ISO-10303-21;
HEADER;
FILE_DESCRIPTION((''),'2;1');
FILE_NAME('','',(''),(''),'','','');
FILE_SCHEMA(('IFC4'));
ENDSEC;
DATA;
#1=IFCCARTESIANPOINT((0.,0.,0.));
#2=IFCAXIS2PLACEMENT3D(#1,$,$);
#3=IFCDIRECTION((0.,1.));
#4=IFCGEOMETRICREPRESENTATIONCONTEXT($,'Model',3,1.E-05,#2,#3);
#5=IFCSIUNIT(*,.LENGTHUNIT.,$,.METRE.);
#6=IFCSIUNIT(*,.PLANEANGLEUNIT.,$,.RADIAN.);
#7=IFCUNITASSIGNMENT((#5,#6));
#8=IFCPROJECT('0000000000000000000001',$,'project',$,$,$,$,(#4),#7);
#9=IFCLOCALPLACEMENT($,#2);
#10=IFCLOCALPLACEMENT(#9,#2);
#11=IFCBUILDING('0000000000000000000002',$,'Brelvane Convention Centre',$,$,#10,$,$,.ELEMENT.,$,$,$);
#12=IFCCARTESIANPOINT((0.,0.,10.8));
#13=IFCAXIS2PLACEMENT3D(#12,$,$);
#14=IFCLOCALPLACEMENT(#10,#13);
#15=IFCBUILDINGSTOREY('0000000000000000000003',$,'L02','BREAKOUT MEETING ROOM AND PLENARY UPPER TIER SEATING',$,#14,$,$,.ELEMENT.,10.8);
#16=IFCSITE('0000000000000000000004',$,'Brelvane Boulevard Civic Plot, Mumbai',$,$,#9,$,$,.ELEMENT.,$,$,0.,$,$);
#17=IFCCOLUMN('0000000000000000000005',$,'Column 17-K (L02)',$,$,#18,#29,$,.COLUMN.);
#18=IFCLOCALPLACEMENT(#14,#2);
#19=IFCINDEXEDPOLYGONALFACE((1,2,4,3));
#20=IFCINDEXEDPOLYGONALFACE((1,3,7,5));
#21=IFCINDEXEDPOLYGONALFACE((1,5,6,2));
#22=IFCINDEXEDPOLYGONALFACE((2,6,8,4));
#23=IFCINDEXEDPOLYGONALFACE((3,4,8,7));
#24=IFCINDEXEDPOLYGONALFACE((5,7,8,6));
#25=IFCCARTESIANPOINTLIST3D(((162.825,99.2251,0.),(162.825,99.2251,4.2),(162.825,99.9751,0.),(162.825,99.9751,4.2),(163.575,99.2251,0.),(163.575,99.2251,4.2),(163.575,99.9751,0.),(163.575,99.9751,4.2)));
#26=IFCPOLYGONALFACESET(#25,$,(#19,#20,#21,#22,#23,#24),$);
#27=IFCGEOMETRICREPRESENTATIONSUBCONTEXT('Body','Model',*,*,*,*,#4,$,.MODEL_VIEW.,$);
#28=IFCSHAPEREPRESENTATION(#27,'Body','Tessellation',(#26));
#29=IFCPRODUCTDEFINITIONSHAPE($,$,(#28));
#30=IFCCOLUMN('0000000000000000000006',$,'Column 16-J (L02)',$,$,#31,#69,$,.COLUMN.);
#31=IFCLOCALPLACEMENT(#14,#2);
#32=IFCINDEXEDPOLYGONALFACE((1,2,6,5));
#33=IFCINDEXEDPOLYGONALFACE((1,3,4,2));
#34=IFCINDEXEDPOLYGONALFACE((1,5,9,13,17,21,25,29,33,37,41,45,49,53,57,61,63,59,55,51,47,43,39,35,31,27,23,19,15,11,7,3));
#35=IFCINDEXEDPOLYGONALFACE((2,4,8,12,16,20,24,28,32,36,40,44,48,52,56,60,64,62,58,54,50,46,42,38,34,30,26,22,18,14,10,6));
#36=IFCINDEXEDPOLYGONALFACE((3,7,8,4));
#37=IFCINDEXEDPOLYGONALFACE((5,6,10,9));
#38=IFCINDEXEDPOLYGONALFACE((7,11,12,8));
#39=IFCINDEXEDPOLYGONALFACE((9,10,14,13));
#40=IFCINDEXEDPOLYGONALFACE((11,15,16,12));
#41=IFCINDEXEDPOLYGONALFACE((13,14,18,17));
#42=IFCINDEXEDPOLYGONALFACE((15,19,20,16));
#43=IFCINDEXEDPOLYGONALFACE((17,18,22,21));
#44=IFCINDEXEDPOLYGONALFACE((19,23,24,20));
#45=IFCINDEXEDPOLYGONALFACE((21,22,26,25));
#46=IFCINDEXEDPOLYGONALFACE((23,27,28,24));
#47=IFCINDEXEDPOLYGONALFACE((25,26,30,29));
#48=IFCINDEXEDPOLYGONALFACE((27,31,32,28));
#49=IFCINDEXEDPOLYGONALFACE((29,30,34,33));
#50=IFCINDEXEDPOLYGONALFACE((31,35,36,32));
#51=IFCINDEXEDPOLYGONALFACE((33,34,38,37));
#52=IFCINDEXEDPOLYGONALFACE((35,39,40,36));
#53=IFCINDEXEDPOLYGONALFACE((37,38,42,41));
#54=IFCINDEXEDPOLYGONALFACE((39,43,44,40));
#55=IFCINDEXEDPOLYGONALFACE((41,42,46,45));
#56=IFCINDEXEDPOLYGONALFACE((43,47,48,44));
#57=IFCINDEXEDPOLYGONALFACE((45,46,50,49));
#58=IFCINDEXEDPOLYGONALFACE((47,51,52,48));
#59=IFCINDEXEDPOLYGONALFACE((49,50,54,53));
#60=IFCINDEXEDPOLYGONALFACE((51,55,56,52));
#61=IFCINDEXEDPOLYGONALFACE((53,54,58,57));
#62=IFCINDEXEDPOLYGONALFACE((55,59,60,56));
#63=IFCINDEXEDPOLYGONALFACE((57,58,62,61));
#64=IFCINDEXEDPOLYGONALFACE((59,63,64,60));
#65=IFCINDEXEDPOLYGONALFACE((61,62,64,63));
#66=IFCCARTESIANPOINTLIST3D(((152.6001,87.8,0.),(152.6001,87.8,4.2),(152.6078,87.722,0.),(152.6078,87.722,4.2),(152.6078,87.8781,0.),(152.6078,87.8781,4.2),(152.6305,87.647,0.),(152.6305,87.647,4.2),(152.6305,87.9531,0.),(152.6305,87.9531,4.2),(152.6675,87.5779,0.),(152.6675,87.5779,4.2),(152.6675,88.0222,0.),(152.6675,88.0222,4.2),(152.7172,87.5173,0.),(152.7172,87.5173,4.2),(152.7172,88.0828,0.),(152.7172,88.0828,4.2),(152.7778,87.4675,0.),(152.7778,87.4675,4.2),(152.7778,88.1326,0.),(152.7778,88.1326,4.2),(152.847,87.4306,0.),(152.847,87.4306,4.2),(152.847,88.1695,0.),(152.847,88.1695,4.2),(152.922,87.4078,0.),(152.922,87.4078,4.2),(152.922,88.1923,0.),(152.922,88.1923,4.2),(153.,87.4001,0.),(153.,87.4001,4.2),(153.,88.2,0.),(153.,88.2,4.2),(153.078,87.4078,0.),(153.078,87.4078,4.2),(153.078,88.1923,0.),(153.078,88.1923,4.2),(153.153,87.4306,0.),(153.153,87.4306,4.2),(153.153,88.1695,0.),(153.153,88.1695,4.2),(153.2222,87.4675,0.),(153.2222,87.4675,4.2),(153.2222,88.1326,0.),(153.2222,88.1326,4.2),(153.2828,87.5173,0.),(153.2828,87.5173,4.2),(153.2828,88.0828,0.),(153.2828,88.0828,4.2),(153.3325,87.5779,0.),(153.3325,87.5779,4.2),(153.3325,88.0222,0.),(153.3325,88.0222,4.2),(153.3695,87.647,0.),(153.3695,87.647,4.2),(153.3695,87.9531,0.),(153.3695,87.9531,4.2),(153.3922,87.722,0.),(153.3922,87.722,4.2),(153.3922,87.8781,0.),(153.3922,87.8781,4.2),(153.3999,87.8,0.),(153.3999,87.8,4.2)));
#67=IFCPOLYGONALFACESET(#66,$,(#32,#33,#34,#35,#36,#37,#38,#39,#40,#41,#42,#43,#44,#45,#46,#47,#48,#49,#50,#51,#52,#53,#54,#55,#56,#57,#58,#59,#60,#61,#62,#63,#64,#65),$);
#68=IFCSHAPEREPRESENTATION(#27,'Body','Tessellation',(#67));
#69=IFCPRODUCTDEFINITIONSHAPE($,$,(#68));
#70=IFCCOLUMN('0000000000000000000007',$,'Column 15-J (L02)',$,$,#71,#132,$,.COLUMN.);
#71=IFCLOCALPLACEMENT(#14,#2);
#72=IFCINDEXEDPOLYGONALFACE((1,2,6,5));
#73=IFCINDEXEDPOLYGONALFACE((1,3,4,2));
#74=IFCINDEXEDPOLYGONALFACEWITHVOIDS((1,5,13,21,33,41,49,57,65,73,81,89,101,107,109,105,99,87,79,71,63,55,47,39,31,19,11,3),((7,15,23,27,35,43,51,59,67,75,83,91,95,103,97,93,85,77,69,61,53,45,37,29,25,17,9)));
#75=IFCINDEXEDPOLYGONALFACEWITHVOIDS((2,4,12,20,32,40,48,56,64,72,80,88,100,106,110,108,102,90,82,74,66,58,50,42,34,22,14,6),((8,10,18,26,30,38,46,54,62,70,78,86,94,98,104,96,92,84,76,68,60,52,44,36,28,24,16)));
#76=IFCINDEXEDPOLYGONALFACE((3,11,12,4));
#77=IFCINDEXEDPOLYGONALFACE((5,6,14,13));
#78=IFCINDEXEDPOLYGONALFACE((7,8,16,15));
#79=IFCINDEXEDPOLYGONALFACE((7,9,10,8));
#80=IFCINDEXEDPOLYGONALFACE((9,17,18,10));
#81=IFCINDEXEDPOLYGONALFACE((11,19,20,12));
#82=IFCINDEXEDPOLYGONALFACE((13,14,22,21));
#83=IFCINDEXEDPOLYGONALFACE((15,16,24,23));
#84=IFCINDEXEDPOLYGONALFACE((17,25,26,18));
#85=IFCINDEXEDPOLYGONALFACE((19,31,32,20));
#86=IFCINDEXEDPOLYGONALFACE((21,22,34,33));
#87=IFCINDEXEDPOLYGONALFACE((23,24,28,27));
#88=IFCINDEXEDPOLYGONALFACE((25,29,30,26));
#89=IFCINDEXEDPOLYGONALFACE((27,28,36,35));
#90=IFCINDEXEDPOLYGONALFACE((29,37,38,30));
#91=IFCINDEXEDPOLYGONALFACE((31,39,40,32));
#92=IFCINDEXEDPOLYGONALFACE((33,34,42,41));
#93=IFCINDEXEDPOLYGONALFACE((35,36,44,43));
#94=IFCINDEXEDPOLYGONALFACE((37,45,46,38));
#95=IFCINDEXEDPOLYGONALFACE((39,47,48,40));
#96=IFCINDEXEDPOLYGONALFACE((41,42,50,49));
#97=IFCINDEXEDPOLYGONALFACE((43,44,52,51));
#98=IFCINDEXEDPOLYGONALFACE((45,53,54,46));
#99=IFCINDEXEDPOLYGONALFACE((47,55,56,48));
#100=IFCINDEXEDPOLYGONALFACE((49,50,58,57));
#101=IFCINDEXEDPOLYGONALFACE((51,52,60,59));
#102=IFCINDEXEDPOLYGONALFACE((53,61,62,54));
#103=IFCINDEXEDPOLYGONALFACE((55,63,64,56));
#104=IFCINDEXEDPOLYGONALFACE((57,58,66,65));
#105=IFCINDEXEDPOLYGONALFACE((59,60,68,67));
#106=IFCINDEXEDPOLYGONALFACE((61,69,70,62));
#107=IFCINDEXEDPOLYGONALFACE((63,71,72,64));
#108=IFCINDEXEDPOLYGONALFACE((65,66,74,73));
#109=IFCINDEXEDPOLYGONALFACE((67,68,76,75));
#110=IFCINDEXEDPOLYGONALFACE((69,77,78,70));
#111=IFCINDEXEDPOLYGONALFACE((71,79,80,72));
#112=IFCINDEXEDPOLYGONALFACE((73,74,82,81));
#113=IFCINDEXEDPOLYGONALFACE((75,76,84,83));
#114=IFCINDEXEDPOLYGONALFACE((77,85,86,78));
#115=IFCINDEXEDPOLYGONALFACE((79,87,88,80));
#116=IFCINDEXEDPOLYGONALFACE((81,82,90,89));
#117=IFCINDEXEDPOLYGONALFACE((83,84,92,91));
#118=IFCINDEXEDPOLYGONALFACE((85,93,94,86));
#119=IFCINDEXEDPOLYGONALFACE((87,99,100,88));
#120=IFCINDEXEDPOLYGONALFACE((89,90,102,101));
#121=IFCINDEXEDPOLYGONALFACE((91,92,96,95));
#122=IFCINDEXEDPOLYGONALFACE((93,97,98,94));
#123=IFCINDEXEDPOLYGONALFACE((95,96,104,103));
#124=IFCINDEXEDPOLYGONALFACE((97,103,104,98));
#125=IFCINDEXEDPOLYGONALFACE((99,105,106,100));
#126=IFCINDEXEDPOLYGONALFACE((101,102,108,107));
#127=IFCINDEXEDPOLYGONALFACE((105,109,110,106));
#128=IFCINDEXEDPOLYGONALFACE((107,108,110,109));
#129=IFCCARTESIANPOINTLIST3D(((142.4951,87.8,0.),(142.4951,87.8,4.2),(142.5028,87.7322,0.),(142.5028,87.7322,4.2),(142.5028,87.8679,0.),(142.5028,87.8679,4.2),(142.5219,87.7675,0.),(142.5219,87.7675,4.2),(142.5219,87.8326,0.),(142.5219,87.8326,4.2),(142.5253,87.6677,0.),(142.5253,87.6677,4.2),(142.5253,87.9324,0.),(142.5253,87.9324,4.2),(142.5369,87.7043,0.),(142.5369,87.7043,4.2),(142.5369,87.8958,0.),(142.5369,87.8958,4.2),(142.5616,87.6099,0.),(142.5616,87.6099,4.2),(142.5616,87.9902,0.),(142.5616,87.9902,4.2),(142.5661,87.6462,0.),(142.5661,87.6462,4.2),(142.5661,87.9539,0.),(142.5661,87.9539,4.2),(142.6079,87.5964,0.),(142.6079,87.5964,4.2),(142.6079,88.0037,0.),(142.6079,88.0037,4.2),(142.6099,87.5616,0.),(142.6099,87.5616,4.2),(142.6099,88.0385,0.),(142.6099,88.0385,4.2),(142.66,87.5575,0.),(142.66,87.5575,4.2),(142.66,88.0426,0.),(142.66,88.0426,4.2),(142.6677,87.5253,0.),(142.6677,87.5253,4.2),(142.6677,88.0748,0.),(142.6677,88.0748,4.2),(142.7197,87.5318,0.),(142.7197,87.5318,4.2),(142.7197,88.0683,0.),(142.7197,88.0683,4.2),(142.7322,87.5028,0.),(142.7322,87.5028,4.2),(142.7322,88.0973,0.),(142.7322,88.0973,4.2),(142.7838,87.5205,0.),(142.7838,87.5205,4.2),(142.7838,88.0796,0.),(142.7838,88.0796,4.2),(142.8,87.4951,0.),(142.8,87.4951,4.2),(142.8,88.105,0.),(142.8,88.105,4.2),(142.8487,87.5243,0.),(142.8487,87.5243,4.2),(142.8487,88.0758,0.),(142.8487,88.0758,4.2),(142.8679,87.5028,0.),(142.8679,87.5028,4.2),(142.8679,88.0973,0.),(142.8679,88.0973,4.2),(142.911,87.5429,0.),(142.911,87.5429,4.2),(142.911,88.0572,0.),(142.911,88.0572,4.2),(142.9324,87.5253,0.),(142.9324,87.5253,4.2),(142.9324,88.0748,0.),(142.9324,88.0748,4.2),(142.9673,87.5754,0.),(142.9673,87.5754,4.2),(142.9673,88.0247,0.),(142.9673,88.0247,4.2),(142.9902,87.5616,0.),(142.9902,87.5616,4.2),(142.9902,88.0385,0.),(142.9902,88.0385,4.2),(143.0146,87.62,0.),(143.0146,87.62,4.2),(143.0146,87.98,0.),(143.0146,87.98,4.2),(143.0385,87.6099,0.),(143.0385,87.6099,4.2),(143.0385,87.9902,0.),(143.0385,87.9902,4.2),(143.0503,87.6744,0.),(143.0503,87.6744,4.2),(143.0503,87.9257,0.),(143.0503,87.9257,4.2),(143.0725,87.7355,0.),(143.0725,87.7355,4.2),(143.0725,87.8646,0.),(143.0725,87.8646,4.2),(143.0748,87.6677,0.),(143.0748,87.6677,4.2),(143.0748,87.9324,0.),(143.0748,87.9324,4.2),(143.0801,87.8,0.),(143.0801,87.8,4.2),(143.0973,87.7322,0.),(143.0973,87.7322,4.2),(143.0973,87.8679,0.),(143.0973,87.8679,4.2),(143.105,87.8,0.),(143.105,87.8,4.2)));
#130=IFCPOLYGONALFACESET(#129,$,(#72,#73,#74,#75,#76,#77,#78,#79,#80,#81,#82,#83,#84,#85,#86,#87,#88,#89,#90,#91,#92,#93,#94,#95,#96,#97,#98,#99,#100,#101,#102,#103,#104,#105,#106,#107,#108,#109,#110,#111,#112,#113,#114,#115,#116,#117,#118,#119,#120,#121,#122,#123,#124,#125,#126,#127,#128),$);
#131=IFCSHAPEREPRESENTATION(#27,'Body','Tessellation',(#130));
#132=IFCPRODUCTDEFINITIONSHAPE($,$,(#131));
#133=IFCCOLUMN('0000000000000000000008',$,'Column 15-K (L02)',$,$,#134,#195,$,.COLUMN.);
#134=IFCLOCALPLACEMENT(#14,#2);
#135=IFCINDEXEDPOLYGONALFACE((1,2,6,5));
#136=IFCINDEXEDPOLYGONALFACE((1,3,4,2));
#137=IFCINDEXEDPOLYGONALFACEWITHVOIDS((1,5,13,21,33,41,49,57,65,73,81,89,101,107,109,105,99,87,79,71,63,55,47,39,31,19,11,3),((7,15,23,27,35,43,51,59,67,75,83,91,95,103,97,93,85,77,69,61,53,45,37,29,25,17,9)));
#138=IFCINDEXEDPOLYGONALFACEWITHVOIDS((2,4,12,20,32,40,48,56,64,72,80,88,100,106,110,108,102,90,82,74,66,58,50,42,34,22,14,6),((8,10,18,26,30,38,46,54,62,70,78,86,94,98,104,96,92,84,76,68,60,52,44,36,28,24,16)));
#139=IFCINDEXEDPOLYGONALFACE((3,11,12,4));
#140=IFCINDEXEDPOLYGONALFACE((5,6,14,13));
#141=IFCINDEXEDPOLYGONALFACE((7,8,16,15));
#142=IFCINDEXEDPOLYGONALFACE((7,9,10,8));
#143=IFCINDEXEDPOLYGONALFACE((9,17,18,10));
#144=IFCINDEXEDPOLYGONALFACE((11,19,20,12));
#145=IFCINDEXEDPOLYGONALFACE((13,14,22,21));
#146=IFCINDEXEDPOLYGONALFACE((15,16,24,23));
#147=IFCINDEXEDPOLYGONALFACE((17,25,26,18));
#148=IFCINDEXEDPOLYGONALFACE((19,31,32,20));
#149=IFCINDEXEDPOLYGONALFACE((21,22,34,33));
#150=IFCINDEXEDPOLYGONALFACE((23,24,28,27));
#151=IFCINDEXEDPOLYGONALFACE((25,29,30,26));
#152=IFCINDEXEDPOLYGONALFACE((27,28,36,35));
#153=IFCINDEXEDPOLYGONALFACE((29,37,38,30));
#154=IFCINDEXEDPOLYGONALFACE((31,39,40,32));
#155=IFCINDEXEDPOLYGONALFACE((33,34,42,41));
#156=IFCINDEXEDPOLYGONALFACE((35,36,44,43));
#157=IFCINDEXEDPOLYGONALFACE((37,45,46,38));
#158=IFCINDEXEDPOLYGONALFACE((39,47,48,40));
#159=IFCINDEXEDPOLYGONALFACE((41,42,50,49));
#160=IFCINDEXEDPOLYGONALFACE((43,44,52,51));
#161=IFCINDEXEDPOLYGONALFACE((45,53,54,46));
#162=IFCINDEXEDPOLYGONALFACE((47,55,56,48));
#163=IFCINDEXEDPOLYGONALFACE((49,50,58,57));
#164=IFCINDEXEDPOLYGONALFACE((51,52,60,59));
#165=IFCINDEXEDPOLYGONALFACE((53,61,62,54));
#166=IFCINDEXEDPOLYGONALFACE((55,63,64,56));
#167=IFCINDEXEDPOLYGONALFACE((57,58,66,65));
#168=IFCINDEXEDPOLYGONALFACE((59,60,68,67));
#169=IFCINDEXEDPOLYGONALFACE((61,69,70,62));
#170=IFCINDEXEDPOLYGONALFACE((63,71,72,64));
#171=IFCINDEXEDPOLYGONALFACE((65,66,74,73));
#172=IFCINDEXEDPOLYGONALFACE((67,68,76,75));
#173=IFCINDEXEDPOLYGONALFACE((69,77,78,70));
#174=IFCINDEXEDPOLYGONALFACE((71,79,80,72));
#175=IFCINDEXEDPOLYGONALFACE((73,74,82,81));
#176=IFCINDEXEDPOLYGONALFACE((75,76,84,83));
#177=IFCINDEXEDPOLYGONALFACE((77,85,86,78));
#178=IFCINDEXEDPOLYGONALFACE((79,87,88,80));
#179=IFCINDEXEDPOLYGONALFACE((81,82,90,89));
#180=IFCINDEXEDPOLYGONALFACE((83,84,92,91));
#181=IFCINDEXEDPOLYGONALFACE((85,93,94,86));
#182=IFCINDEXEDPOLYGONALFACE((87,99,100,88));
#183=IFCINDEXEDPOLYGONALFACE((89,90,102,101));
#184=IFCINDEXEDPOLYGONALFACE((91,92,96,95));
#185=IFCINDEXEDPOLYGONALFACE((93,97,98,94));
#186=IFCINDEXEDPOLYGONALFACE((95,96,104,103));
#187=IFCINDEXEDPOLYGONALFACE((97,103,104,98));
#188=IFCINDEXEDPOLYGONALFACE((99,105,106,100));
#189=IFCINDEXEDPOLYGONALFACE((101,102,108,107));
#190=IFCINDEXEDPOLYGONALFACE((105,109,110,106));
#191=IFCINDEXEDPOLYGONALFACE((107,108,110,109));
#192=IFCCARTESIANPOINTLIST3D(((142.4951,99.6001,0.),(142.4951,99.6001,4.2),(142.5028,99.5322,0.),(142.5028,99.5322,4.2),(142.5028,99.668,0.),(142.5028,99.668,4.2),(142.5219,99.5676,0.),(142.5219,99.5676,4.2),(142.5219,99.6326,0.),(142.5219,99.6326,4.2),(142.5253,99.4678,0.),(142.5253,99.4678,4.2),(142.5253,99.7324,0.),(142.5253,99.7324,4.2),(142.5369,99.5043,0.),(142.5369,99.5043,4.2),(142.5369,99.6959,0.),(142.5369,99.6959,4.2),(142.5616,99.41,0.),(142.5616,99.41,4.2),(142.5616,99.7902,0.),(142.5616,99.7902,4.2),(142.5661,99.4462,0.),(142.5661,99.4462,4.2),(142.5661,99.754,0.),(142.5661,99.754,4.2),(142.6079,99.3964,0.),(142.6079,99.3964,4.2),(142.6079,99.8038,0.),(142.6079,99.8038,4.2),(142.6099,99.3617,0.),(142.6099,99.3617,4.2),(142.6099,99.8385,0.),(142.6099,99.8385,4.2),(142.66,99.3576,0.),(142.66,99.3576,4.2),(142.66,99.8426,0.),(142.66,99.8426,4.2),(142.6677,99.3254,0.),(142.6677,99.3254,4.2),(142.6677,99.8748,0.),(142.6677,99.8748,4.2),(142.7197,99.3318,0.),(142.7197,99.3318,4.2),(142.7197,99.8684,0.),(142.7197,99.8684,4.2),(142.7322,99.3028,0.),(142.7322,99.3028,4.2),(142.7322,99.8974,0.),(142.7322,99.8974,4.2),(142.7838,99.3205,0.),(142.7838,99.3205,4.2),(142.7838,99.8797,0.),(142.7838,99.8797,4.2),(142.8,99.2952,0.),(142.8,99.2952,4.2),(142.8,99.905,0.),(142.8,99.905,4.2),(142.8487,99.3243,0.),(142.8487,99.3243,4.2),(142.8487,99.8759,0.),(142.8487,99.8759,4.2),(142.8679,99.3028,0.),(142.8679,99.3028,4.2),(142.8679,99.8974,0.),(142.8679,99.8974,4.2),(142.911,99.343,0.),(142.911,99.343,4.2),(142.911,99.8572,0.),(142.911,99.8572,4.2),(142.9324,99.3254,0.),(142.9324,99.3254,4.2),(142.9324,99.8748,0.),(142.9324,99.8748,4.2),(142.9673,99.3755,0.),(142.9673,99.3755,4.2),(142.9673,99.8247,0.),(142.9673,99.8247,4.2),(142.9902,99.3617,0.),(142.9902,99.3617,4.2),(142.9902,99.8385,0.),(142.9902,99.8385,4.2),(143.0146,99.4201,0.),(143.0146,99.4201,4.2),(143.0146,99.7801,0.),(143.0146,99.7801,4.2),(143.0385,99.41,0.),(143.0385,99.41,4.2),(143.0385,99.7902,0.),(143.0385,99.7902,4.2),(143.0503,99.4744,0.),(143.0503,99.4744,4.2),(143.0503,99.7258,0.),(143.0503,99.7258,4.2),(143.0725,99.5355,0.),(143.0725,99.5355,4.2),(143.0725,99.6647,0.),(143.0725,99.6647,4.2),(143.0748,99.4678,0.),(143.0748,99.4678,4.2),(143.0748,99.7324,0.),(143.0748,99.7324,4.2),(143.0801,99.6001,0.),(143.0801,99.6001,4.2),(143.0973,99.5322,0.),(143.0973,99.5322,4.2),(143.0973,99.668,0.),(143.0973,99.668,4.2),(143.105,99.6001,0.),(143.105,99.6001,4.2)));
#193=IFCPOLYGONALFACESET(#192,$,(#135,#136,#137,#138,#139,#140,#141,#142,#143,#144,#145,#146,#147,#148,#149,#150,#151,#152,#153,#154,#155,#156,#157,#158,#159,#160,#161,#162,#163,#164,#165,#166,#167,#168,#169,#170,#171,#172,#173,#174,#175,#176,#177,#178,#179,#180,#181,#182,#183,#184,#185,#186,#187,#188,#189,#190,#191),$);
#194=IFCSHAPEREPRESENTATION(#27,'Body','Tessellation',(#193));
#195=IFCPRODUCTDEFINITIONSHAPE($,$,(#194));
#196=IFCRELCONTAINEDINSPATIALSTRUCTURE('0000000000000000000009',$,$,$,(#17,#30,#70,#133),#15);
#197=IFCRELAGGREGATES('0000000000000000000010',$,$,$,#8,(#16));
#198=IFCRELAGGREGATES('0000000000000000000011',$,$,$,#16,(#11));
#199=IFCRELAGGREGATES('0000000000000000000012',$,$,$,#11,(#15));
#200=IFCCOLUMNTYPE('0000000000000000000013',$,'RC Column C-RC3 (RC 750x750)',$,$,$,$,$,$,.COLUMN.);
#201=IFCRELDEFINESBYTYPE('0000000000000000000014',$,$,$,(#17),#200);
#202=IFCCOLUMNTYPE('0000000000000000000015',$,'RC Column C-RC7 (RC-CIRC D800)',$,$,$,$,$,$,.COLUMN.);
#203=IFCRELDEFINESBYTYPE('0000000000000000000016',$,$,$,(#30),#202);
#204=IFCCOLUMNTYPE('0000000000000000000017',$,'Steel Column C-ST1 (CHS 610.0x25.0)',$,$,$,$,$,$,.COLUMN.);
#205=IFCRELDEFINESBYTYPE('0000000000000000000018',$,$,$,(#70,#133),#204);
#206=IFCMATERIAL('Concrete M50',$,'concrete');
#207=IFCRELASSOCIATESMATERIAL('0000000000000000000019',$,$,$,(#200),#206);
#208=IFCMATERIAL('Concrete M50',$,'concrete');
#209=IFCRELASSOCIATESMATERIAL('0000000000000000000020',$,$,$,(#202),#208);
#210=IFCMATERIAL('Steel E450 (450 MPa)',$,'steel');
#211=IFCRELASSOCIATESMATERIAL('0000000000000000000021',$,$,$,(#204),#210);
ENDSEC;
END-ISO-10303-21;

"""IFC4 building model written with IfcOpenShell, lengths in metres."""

from ifc_helpers import new_model, si_unit, direction, frame, origin, origin_2d, place, context, subcontext, project, spatial, rectangle, circle, hollow_circle, extrude, material, material_profile, profile_set, type_object, element, save


model = new_model("IFC4")

# Units and contexts
model_context = context("Model", 3, precision=1e-05, world=origin(), true_north=direction((0.0, 1.0)))
body_context = subcontext(model_context, "Body", "Model", "MODEL_VIEW")
ifc_project = project(units=[si_unit("LENGTHUNIT", "METRE"), si_unit("PLANEANGLEUNIT", "RADIAN")], contexts=[model_context])

# Site, building, storey
site_placement = place(None, origin())
site = spatial("IfcSite", under=ifc_project, at=site_placement, Name="Brelvane Boulevard Civic Plot, Mumbai", CompositionType="ELEMENT", RefElevation=0.0)
building_placement = place(site_placement, origin())
building = spatial("IfcBuilding", under=site, at=building_placement, Name="Brelvane Convention Centre", CompositionType="ELEMENT")
storey_placement = place(building_placement, frame((0.0, 0.0, 10.8)))
storey = spatial("IfcBuildingStorey", under=building, at=storey_placement, Name="L02", Description="BREAKOUT MEETING ROOM AND PLENARY UPPER TIER SEATING", CompositionType="ELEMENT", Elevation=10.8)

# Columns
ifc_material_1 = material(Name="Concrete M50", Category="concrete")
ifc_material_profile_1 = material_profile(ifc_material_1, rectangle(XDim=0.75, YDim=0.75, at=origin_2d()), Name="RC 750x750")
ifc_profile_set_1 = profile_set([ifc_material_profile_1], Name="Concrete M50")
column_type_1 = type_object("IfcColumnType", Name="RC Column C-RC3 (RC 750x750)", PredefinedType="COLUMN", material=ifc_profile_set_1)
column_1_placement = place(storey_placement, frame((163.2, 99.6001, 0.0), z_axis=(0.0, 0.0, 1.0), x_axis=(1.0, 0.0, 0.0)))
element("IfcColumn", 1, at=column_1_placement, inside=storey, type_object=column_type_1, Name="Column 17-K (L02)", PredefinedType="COLUMN", context=body_context, shape_type="SweptSolid", body=[
    extrude(rectangle(XDim=0.75, YDim=0.75, at=origin_2d()), origin(), (0.0, 0.0, 1.0), 4.2),
])
ifc_material_2 = material(Name="Concrete M50", Category="concrete")
ifc_material_profile_2 = material_profile(ifc_material_2, circle(Radius=0.3999, at=origin_2d()), Name="RC-CIRC D800")
ifc_profile_set_2 = profile_set([ifc_material_profile_2], Name="Concrete M50")
column_type_2 = type_object("IfcColumnType", Name="RC Column C-RC7 (RC-CIRC D800)", PredefinedType="COLUMN", material=ifc_profile_set_2)
column_2_placement = place(storey_placement, frame((153.0, 87.8, 0.0), z_axis=(0.0, 0.0, 1.0), x_axis=(1.0, 0.0, 0.0)))
element("IfcColumn", 2, at=column_2_placement, inside=storey, type_object=column_type_2, Name="Column 16-J (L02)", PredefinedType="COLUMN", context=body_context, shape_type="SweptSolid", body=[
    extrude(circle(Radius=0.3999, at=origin_2d()), origin(), (0.0, 0.0, 1.0), 4.2),
])
ifc_material_3 = material(Name="Steel E450 (450 MPa)", Category="steel")
ifc_material_profile_3 = material_profile(ifc_material_3, hollow_circle(Radius=0.3049, WallThickness=0.0249, at=origin_2d()), Name="CHS 610.0x25.0")
ifc_profile_set_3 = profile_set([ifc_material_profile_3], Name="Steel E450 (450 MPa)")
column_type_3 = type_object("IfcColumnType", Name="Steel Column C-ST1 (CHS 610.0x25.0)", PredefinedType="COLUMN", material=ifc_profile_set_3)
for number, where, z_axis, x_axis, name in (
    (3, (142.8, 87.8, 0.0), (0.0, 0.0, 1.0), (1.0, 0.0, 0.0), "Column 15-J (L02)"),
    (4, (142.8, 99.6001, 0.0), (0.0, 0.0, 1.0), (1.0, 0.0, 0.0), "Column 15-K (L02)"),
):
    element("IfcColumn", number, at=place(storey_placement, frame(where, z_axis=z_axis, x_axis=x_axis)), inside=storey, type_object=column_type_3, Name=name, PredefinedType="COLUMN", context=body_context, shape_type="SweptSolid", body=[
        extrude(hollow_circle(Radius=0.3049, WallThickness=0.0249, at=origin_2d()), origin(), (0.0, 0.0, 1.0), 4.2),
    ])

save(model, "model.ifc")
